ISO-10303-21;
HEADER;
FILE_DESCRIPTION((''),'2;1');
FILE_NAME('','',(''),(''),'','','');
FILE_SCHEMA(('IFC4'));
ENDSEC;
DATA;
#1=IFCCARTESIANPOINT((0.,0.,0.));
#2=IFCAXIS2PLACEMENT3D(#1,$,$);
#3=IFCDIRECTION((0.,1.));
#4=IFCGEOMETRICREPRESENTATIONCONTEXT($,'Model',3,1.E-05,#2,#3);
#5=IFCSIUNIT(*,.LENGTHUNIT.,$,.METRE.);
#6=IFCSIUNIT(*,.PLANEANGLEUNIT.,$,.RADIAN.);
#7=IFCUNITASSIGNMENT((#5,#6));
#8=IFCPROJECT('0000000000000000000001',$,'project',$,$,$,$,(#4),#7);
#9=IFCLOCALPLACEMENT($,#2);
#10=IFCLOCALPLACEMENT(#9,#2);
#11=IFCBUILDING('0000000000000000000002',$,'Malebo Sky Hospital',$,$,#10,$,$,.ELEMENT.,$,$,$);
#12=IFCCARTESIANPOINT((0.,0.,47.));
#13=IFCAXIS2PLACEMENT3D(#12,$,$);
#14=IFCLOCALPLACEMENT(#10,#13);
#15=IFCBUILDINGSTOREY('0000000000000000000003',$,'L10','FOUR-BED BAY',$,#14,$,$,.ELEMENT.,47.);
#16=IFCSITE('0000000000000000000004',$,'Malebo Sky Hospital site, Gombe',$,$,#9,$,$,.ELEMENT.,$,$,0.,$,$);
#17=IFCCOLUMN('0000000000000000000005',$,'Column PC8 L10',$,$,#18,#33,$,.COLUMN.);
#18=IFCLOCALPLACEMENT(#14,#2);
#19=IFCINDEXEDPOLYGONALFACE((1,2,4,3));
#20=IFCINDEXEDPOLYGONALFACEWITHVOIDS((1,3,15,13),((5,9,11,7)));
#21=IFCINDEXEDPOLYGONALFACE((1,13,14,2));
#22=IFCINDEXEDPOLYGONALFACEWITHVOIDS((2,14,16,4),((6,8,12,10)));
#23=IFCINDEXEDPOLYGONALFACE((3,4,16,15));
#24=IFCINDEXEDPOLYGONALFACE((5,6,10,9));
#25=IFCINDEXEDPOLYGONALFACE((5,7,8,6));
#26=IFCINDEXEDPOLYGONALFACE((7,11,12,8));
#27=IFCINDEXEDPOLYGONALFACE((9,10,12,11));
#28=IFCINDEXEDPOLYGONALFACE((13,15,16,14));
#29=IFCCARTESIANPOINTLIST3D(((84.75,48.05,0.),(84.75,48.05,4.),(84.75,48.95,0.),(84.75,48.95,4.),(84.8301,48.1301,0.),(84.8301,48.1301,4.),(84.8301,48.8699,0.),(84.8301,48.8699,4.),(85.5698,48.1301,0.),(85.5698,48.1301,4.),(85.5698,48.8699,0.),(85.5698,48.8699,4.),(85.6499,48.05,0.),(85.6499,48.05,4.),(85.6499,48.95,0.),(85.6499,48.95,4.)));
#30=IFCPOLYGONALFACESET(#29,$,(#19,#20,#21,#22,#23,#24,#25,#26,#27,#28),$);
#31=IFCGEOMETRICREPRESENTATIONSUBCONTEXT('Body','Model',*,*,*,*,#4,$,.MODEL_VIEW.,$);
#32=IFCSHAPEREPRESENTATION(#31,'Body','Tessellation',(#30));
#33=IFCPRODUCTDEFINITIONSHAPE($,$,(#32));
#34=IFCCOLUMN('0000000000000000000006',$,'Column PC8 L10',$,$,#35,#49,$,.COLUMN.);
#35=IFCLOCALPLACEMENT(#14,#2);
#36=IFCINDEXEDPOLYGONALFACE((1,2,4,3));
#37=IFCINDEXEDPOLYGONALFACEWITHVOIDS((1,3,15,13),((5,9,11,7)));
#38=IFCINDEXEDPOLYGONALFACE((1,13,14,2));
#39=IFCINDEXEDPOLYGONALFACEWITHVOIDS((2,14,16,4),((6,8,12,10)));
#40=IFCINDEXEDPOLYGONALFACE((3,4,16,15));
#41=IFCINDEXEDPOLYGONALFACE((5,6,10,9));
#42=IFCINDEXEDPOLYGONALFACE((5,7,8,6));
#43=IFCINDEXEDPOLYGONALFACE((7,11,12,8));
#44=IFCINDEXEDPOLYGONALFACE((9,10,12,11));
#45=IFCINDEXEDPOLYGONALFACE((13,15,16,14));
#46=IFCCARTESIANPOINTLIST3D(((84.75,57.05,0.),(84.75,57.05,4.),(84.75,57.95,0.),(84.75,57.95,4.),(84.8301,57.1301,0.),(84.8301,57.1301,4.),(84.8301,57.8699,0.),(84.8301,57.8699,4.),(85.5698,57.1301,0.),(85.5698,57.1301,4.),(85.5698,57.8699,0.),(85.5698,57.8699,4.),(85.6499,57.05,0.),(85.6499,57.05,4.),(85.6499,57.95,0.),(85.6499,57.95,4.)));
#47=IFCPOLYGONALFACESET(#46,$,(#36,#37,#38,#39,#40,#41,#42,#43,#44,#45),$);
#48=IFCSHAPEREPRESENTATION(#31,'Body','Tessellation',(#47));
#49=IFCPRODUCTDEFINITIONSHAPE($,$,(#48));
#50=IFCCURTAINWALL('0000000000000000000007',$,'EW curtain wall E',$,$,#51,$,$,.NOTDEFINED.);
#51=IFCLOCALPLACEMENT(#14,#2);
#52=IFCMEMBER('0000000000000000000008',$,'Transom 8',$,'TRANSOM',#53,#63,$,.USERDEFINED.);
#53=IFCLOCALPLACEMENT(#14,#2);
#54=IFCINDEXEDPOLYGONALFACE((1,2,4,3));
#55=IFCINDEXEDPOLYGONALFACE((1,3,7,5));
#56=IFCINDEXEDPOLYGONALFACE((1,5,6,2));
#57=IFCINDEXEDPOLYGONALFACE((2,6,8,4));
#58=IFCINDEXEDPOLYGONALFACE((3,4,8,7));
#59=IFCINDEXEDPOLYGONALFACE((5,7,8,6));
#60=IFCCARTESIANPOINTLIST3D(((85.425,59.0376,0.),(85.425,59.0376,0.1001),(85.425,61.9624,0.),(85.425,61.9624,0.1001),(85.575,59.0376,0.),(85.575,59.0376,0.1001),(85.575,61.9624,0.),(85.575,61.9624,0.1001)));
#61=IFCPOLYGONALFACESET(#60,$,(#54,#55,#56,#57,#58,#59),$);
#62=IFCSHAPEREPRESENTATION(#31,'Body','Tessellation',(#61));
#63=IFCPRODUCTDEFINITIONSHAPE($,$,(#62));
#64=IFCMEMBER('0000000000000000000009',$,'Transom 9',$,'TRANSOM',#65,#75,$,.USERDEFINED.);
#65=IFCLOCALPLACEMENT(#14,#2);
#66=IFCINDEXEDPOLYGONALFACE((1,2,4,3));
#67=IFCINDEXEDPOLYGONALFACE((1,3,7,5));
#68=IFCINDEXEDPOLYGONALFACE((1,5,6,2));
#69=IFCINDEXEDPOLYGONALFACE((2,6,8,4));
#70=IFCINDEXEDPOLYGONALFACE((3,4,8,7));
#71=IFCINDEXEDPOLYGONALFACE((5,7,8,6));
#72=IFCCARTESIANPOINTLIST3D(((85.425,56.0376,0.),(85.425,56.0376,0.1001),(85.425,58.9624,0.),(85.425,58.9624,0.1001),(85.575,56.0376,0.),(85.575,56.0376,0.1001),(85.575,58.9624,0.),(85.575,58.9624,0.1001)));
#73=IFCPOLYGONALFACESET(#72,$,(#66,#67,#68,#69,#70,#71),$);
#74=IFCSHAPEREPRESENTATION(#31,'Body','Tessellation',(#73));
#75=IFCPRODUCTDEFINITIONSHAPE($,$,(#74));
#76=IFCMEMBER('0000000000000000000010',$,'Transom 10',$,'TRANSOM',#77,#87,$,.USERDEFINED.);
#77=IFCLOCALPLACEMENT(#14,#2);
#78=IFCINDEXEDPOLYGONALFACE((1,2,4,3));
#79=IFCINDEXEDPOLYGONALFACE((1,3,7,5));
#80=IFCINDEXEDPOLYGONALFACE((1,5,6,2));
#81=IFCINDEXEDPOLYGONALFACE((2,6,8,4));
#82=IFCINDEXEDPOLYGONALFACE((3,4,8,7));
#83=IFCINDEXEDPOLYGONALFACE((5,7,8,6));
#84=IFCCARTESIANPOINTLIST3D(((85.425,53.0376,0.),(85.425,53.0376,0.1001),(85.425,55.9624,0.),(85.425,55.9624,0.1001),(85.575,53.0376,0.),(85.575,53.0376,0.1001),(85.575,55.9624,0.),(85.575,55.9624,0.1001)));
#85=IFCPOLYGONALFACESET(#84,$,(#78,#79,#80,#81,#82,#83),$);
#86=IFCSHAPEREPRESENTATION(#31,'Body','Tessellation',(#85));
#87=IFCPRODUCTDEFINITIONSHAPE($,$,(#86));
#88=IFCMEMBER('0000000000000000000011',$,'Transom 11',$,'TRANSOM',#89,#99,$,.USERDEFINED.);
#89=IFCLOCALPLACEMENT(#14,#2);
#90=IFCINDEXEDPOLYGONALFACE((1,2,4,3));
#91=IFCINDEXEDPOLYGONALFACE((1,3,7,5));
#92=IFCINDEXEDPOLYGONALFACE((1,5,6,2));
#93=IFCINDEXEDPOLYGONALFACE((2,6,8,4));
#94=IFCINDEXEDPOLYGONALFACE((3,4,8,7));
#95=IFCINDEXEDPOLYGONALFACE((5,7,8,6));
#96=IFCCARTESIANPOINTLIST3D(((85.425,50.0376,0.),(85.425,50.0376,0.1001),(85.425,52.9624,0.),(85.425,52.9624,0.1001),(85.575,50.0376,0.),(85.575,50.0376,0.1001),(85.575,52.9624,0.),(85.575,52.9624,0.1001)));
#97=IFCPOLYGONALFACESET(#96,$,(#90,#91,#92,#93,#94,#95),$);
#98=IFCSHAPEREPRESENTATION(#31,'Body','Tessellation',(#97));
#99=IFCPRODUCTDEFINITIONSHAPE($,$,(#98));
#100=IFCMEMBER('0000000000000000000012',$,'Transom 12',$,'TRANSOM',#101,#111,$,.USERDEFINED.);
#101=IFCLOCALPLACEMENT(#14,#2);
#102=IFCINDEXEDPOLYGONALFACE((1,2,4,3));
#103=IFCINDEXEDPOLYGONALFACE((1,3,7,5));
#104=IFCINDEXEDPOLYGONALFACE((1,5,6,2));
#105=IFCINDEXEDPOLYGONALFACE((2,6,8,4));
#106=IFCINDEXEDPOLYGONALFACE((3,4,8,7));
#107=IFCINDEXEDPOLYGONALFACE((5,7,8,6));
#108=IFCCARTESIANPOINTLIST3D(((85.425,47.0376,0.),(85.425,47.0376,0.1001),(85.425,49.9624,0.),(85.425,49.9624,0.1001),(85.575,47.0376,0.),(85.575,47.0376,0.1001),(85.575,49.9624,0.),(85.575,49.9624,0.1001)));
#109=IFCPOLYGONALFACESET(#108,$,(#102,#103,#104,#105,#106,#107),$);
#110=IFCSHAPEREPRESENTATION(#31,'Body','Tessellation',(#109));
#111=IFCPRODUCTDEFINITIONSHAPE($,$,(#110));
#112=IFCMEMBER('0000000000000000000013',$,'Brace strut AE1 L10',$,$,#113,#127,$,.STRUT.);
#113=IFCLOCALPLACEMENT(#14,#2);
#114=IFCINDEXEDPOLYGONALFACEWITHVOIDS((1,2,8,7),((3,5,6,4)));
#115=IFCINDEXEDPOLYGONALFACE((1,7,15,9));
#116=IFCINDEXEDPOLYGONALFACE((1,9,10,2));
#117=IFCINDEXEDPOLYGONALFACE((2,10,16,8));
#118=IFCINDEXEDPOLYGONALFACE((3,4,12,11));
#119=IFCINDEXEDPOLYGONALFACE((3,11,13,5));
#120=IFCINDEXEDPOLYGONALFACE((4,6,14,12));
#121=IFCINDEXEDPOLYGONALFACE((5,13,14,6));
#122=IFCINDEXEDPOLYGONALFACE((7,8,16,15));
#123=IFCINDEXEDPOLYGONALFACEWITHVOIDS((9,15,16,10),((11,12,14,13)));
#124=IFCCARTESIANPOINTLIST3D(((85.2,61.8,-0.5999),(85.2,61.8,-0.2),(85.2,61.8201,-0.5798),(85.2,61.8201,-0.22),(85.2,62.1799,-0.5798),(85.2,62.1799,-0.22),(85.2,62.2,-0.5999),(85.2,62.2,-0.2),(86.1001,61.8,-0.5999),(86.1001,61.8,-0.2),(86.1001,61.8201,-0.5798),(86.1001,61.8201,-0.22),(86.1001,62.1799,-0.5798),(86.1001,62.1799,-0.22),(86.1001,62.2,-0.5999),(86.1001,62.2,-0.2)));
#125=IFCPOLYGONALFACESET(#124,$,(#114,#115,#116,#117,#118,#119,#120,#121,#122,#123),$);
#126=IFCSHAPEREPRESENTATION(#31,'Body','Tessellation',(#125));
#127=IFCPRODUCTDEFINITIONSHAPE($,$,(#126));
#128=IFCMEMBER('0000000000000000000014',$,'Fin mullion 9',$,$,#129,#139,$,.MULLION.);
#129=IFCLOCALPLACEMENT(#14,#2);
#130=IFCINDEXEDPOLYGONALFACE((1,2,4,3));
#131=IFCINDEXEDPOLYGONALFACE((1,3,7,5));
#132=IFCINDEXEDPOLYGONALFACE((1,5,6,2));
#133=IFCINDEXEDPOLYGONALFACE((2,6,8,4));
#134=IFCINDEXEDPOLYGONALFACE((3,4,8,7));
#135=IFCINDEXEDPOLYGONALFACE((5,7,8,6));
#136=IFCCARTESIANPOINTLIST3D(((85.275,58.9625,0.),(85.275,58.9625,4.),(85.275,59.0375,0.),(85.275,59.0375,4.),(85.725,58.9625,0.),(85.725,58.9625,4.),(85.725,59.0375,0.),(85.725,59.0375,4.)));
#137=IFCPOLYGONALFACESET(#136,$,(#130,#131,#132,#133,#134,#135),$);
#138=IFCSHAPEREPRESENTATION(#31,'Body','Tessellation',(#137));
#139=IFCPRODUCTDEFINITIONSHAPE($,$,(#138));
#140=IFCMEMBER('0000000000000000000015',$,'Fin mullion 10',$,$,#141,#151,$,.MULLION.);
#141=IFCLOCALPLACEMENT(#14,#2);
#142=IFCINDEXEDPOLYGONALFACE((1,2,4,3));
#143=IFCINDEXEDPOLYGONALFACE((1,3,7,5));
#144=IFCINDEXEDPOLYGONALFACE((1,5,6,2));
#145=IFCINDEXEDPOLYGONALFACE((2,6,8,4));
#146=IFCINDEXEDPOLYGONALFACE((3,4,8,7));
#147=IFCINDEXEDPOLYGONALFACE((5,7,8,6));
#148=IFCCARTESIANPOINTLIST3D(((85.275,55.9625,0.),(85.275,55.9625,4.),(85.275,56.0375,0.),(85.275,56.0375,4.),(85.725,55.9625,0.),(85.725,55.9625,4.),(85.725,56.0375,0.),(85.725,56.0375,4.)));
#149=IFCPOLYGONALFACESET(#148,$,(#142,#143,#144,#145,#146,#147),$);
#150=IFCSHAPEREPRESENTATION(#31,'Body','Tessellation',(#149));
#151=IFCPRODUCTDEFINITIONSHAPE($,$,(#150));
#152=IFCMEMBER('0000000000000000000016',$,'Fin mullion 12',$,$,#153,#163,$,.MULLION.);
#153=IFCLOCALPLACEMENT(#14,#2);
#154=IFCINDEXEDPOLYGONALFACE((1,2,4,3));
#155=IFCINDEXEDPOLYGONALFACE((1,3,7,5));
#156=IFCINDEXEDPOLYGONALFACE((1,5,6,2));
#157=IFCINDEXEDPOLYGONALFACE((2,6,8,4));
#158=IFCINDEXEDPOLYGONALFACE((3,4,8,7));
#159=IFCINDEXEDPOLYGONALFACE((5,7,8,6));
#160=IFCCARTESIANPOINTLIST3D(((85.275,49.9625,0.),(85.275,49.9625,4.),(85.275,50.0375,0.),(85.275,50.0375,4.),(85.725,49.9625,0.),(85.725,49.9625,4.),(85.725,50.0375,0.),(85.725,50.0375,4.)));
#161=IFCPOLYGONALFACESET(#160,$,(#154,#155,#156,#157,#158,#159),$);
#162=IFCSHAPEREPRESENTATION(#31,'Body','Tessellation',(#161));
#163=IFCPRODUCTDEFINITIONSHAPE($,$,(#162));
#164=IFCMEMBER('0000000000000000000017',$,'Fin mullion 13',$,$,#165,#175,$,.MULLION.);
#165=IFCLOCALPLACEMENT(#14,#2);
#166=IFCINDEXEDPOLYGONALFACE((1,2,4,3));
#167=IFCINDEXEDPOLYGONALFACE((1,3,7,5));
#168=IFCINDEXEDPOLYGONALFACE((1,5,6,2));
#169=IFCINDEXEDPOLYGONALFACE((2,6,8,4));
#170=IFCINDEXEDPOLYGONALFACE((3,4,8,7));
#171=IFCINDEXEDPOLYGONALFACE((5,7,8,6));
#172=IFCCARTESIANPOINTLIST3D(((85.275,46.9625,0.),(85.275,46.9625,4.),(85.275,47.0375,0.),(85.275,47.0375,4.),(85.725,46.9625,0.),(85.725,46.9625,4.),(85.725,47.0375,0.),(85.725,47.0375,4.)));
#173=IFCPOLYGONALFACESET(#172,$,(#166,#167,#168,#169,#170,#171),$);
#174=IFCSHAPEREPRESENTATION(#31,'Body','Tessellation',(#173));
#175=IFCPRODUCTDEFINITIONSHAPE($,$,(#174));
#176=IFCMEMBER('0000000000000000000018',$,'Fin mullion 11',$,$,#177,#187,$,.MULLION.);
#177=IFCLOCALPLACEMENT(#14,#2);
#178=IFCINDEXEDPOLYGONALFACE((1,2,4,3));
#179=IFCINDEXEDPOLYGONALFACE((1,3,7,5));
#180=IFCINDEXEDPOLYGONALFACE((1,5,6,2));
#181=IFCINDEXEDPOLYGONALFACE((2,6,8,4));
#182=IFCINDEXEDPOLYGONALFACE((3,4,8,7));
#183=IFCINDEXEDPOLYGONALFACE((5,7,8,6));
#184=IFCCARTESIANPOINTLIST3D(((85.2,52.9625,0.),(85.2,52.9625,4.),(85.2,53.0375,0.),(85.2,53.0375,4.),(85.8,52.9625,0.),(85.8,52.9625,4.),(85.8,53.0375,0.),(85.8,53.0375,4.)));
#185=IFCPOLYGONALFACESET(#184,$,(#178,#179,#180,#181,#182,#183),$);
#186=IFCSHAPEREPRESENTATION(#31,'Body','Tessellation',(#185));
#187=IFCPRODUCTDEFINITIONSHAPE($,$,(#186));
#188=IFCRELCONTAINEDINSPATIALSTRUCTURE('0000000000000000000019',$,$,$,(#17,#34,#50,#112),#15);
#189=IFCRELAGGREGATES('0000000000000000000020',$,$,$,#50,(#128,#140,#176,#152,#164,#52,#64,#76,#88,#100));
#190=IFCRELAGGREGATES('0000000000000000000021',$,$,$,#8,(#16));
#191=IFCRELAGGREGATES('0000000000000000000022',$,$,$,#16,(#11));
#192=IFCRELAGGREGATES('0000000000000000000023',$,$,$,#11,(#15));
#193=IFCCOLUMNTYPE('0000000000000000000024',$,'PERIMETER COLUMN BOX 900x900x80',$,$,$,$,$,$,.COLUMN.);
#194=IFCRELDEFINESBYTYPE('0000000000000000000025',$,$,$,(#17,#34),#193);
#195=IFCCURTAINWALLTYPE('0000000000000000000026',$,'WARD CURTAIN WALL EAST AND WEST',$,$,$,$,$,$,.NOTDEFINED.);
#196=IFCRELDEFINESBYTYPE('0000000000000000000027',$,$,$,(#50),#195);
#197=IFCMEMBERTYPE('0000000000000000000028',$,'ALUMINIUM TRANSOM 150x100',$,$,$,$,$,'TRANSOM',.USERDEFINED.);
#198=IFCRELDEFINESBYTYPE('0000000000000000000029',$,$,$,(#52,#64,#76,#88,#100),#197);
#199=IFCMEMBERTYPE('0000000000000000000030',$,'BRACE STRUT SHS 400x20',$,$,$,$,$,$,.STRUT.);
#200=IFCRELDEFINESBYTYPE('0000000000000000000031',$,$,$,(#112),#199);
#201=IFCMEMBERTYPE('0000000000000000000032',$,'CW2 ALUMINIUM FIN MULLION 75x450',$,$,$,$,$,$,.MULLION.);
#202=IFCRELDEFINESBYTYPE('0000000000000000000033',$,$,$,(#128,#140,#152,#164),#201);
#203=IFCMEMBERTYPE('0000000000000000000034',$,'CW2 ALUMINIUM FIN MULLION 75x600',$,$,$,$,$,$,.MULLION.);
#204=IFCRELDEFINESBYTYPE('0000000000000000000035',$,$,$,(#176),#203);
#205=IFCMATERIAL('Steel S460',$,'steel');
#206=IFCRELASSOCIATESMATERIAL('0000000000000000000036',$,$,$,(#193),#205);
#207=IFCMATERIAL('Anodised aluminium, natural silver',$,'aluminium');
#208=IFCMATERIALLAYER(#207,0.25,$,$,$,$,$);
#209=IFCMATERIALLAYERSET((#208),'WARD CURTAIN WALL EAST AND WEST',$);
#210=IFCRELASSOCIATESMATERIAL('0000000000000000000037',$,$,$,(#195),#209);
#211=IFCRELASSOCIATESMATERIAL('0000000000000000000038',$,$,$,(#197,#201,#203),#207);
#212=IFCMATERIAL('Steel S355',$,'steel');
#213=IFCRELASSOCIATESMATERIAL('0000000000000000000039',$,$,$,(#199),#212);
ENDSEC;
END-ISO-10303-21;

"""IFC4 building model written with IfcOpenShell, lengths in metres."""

from ifc_helpers import new_model, si_unit, direction, frame, origin, origin_2d, place, context, subcontext, project, spatial, rectangle, hollow_rectangle, extrude, material, layer, layer_set, material_profile, profile_set, type_object, element, aggregate, save


model = new_model("IFC4")

# Units and contexts
model_context = context("Model", 3, precision=1e-05, world=origin(), true_north=direction((0.0, 1.0)))
body_context = subcontext(model_context, "Body", "Model", "MODEL_VIEW")
ifc_project = project(units=[si_unit("LENGTHUNIT", "METRE"), si_unit("PLANEANGLEUNIT", "RADIAN")], contexts=[model_context])

# Site, building, storey
site_placement = place(None, origin())
site = spatial("IfcSite", under=ifc_project, at=site_placement, Name="Malebo Sky Hospital site, Gombe", CompositionType="ELEMENT", RefElevation=0.0)
building_placement = place(site_placement, origin())
building = spatial("IfcBuilding", under=site, at=building_placement, Name="Malebo Sky Hospital", CompositionType="ELEMENT")
storey_placement = place(building_placement, frame((0.0, 0.0, 47.0)))
storey = spatial("IfcBuildingStorey", under=building, at=storey_placement, Name="L10", Description="FOUR-BED BAY", CompositionType="ELEMENT", Elevation=47.0)

# Columns
ifc_material_1 = material(Name="Steel S460", Category="steel")
ifc_material_profile_1 = material_profile(ifc_material_1, hollow_rectangle(XDim=0.8999, YDim=0.8999, WallThickness=0.0801, at=origin_2d()), Name="BOX 900x900x80")
ifc_profile_set_1 = profile_set([ifc_material_profile_1], Name="Steel S460")
column_type = type_object("IfcColumnType", Name="PERIMETER COLUMN BOX 900x900x80", PredefinedType="COLUMN", material=ifc_profile_set_1)
for number, where, z_axis, x_axis, name in (
    (1, (85.2, 48.5, 0.0), (0.0, 0.0, 1.0), (1.0, 0.0, 0.0), "Column PC8 L10"),
    (2, (85.2, 57.5, 0.0), (0.0, 0.0, 1.0), (1.0, 0.0, 0.0), "Column PC8 L10"),
):
    element("IfcColumn", number, at=place(storey_placement, frame(where, z_axis=z_axis, x_axis=x_axis)), inside=storey, type_object=column_type, Name=name, PredefinedType="COLUMN", context=body_context, shape_type="SweptSolid", body=[
        extrude(hollow_rectangle(XDim=0.8999, YDim=0.8999, WallThickness=0.0801, at=origin_2d()), origin(), (0.0, 0.0, 1.0), 4.0),
    ])

# Curtain wall, members
ifc_material_2 = material(Name="Anodised aluminium, natural silver", Category="aluminium")
ifc_layer_1 = layer(ifc_material_2, 0.25)
ifc_layer_set_1 = layer_set([ifc_layer_1], Name="WARD CURTAIN WALL EAST AND WEST")
curtain_wall_type = type_object("IfcCurtainWallType", Name="WARD CURTAIN WALL EAST AND WEST", PredefinedType="NOTDEFINED", material=ifc_layer_set_1)
curtain_wall_placement = place(storey_placement, origin())
curtain_wall = element("IfcCurtainWall", 3, at=curtain_wall_placement, inside=storey, type_object=curtain_wall_type, Name="EW curtain wall E", PredefinedType="NOTDEFINED")
ifc_material_profile_2 = material_profile(ifc_material_2, rectangle(XDim=0.1499, YDim=0.1001, at=origin_2d()), Name="ALUMINIUM TRANSOM 150x100")
ifc_profile_set_2 = profile_set([ifc_material_profile_2], Name="Anodised aluminium, natural silver")
member_type_1 = type_object("IfcMemberType", Name="ALUMINIUM TRANSOM 150x100", ElementType="TRANSOM", PredefinedType="USERDEFINED", material=ifc_profile_set_2)
member_1_placement = place(storey_placement, frame((85.5, 61.9624, 0.05), z_axis=(0.0, -1.0, 0.0), x_axis=(1.0, 0.0, 0.0)))
member_1 = element("IfcMember", 4, at=member_1_placement, type_object=member_type_1, Name="Transom 8", ObjectType="TRANSOM", PredefinedType="USERDEFINED", context=body_context, shape_type="SweptSolid", body=[
    extrude(rectangle(XDim=0.1499, YDim=0.1001, at=origin_2d()), origin(), (0.0, 0.0, 1.0), 2.9248),
])
member_2_placement = place(storey_placement, frame((85.5, 58.9624, 0.05), z_axis=(0.0, -1.0, 0.0), x_axis=(1.0, 0.0, 0.0)))
member_2 = element("IfcMember", 5, at=member_2_placement, type_object=member_type_1, Name="Transom 9", ObjectType="TRANSOM", PredefinedType="USERDEFINED", context=body_context, shape_type="SweptSolid", body=[
    extrude(rectangle(XDim=0.1499, YDim=0.1001, at=origin_2d()), origin(), (0.0, 0.0, 1.0), 2.9248),
])
member_3_placement = place(storey_placement, frame((85.5, 55.9624, 0.05), z_axis=(0.0, -1.0, 0.0), x_axis=(1.0, 0.0, 0.0)))
member_3 = element("IfcMember", 6, at=member_3_placement, type_object=member_type_1, Name="Transom 10", ObjectType="TRANSOM", PredefinedType="USERDEFINED", context=body_context, shape_type="SweptSolid", body=[
    extrude(rectangle(XDim=0.1499, YDim=0.1001, at=origin_2d()), origin(), (0.0, 0.0, 1.0), 2.9248),
])
member_4_placement = place(storey_placement, frame((85.5, 52.9624, 0.05), z_axis=(0.0, -1.0, 0.0), x_axis=(1.0, 0.0, 0.0)))
member_4 = element("IfcMember", 7, at=member_4_placement, type_object=member_type_1, Name="Transom 11", ObjectType="TRANSOM", PredefinedType="USERDEFINED", context=body_context, shape_type="SweptSolid", body=[
    extrude(rectangle(XDim=0.1499, YDim=0.1001, at=origin_2d()), origin(), (0.0, 0.0, 1.0), 2.9248),
])
member_5_placement = place(storey_placement, frame((85.5, 49.9624, 0.05), z_axis=(0.0, -1.0, 0.0), x_axis=(1.0, 0.0, 0.0)))
member_5 = element("IfcMember", 8, at=member_5_placement, type_object=member_type_1, Name="Transom 12", ObjectType="TRANSOM", PredefinedType="USERDEFINED", context=body_context, shape_type="SweptSolid", body=[
    extrude(rectangle(XDim=0.1499, YDim=0.1001, at=origin_2d()), origin(), (0.0, 0.0, 1.0), 2.9248),
])

# Members
ifc_material_3 = material(Name="Steel S355", Category="steel")
ifc_material_profile_3 = material_profile(ifc_material_3, hollow_rectangle(XDim=0.3999, YDim=0.3999, WallThickness=0.02, at=origin_2d()), Name="SHS 400x20")
ifc_profile_set_3 = profile_set([ifc_material_profile_3], Name="Steel S355")
member_type_2 = type_object("IfcMemberType", Name="BRACE STRUT SHS 400x20", PredefinedType="STRUT", material=ifc_profile_set_3)
member_6_placement = place(storey_placement, frame((86.1001, 62.0, -0.3999), z_axis=(-1.0, 0.0, 0.0), x_axis=(0.0, -1.0, 0.0)))
element("IfcMember", 9, at=member_6_placement, inside=storey, type_object=member_type_2, Name="Brace strut AE1 L10", PredefinedType="STRUT", context=body_context, shape_type="SweptSolid", body=[
    extrude(hollow_rectangle(XDim=0.3999, YDim=0.3999, WallThickness=0.02, at=origin_2d()), origin(), (0.0, 0.0, 1.0), 0.9001),
])
ifc_material_profile_4 = material_profile(ifc_material_2, rectangle(XDim=0.075, YDim=0.45, at=origin_2d()), Name="CW2 ALUMINIUM FIN MULLION 75x450")
ifc_profile_set_4 = profile_set([ifc_material_profile_4], Name="Anodised aluminium, natural silver")
member_type_3 = type_object("IfcMemberType", Name="CW2 ALUMINIUM FIN MULLION 75x450", PredefinedType="MULLION", material=ifc_profile_set_4)
member_7_placement = place(storey_placement, frame((85.5, 59.0, 0.0), z_axis=(0.0, 0.0, 1.0), x_axis=(0.0, -1.0, 0.0)))
member_7 = element("IfcMember", 10, at=member_7_placement, type_object=member_type_3, Name="Fin mullion 9", PredefinedType="MULLION", context=body_context, shape_type="SweptSolid", body=[
    extrude(rectangle(XDim=0.075, YDim=0.45, at=origin_2d()), origin(), (0.0, 0.0, 1.0), 4.0),
])
member_8_placement = place(storey_placement, frame((85.5, 56.0, 0.0), z_axis=(0.0, 0.0, 1.0), x_axis=(0.0, -1.0, 0.0)))
member_8 = element("IfcMember", 11, at=member_8_placement, type_object=member_type_3, Name="Fin mullion 10", PredefinedType="MULLION", context=body_context, shape_type="SweptSolid", body=[
    extrude(rectangle(XDim=0.075, YDim=0.45, at=origin_2d()), origin(), (0.0, 0.0, 1.0), 4.0),
])
member_9_placement = place(storey_placement, frame((85.5, 50.0, 0.0), z_axis=(0.0, 0.0, 1.0), x_axis=(0.0, -1.0, 0.0)))
member_9 = element("IfcMember", 12, at=member_9_placement, type_object=member_type_3, Name="Fin mullion 12", PredefinedType="MULLION", context=body_context, shape_type="SweptSolid", body=[
    extrude(rectangle(XDim=0.075, YDim=0.45, at=origin_2d()), origin(), (0.0, 0.0, 1.0), 4.0),
])
member_10_placement = place(storey_placement, frame((85.5, 47.0, 0.0), z_axis=(0.0, 0.0, 1.0), x_axis=(0.0, -1.0, 0.0)))
member_10 = element("IfcMember", 13, at=member_10_placement, type_object=member_type_3, Name="Fin mullion 13", PredefinedType="MULLION", context=body_context, shape_type="SweptSolid", body=[
    extrude(rectangle(XDim=0.075, YDim=0.45, at=origin_2d()), origin(), (0.0, 0.0, 1.0), 4.0),
])
ifc_material_profile_5 = material_profile(ifc_material_2, rectangle(XDim=0.075, YDim=0.6001, at=origin_2d()), Name="CW2 ALUMINIUM FIN MULLION 75x600")
ifc_profile_set_5 = profile_set([ifc_material_profile_5], Name="Anodised aluminium, natural silver")
member_type_4 = type_object("IfcMemberType", Name="CW2 ALUMINIUM FIN MULLION 75x600", PredefinedType="MULLION", material=ifc_profile_set_5)
member_11_placement = place(storey_placement, frame((85.5, 53.0, 0.0), z_axis=(0.0, 0.0, 1.0), x_axis=(0.0, -1.0, 0.0)))
member_11 = element("IfcMember", 14, at=member_11_placement, type_object=member_type_4, Name="Fin mullion 11", PredefinedType="MULLION", context=body_context, shape_type="SweptSolid", body=[
    extrude(rectangle(XDim=0.075, YDim=0.6001, at=origin_2d()), origin(), (0.0, 0.0, 1.0), 4.0),
])

aggregate(curtain_wall, [member_7, member_8, member_11, member_9, member_10, member_1, member_2, member_3, member_4, member_5])

save(model, "model.ifc")
